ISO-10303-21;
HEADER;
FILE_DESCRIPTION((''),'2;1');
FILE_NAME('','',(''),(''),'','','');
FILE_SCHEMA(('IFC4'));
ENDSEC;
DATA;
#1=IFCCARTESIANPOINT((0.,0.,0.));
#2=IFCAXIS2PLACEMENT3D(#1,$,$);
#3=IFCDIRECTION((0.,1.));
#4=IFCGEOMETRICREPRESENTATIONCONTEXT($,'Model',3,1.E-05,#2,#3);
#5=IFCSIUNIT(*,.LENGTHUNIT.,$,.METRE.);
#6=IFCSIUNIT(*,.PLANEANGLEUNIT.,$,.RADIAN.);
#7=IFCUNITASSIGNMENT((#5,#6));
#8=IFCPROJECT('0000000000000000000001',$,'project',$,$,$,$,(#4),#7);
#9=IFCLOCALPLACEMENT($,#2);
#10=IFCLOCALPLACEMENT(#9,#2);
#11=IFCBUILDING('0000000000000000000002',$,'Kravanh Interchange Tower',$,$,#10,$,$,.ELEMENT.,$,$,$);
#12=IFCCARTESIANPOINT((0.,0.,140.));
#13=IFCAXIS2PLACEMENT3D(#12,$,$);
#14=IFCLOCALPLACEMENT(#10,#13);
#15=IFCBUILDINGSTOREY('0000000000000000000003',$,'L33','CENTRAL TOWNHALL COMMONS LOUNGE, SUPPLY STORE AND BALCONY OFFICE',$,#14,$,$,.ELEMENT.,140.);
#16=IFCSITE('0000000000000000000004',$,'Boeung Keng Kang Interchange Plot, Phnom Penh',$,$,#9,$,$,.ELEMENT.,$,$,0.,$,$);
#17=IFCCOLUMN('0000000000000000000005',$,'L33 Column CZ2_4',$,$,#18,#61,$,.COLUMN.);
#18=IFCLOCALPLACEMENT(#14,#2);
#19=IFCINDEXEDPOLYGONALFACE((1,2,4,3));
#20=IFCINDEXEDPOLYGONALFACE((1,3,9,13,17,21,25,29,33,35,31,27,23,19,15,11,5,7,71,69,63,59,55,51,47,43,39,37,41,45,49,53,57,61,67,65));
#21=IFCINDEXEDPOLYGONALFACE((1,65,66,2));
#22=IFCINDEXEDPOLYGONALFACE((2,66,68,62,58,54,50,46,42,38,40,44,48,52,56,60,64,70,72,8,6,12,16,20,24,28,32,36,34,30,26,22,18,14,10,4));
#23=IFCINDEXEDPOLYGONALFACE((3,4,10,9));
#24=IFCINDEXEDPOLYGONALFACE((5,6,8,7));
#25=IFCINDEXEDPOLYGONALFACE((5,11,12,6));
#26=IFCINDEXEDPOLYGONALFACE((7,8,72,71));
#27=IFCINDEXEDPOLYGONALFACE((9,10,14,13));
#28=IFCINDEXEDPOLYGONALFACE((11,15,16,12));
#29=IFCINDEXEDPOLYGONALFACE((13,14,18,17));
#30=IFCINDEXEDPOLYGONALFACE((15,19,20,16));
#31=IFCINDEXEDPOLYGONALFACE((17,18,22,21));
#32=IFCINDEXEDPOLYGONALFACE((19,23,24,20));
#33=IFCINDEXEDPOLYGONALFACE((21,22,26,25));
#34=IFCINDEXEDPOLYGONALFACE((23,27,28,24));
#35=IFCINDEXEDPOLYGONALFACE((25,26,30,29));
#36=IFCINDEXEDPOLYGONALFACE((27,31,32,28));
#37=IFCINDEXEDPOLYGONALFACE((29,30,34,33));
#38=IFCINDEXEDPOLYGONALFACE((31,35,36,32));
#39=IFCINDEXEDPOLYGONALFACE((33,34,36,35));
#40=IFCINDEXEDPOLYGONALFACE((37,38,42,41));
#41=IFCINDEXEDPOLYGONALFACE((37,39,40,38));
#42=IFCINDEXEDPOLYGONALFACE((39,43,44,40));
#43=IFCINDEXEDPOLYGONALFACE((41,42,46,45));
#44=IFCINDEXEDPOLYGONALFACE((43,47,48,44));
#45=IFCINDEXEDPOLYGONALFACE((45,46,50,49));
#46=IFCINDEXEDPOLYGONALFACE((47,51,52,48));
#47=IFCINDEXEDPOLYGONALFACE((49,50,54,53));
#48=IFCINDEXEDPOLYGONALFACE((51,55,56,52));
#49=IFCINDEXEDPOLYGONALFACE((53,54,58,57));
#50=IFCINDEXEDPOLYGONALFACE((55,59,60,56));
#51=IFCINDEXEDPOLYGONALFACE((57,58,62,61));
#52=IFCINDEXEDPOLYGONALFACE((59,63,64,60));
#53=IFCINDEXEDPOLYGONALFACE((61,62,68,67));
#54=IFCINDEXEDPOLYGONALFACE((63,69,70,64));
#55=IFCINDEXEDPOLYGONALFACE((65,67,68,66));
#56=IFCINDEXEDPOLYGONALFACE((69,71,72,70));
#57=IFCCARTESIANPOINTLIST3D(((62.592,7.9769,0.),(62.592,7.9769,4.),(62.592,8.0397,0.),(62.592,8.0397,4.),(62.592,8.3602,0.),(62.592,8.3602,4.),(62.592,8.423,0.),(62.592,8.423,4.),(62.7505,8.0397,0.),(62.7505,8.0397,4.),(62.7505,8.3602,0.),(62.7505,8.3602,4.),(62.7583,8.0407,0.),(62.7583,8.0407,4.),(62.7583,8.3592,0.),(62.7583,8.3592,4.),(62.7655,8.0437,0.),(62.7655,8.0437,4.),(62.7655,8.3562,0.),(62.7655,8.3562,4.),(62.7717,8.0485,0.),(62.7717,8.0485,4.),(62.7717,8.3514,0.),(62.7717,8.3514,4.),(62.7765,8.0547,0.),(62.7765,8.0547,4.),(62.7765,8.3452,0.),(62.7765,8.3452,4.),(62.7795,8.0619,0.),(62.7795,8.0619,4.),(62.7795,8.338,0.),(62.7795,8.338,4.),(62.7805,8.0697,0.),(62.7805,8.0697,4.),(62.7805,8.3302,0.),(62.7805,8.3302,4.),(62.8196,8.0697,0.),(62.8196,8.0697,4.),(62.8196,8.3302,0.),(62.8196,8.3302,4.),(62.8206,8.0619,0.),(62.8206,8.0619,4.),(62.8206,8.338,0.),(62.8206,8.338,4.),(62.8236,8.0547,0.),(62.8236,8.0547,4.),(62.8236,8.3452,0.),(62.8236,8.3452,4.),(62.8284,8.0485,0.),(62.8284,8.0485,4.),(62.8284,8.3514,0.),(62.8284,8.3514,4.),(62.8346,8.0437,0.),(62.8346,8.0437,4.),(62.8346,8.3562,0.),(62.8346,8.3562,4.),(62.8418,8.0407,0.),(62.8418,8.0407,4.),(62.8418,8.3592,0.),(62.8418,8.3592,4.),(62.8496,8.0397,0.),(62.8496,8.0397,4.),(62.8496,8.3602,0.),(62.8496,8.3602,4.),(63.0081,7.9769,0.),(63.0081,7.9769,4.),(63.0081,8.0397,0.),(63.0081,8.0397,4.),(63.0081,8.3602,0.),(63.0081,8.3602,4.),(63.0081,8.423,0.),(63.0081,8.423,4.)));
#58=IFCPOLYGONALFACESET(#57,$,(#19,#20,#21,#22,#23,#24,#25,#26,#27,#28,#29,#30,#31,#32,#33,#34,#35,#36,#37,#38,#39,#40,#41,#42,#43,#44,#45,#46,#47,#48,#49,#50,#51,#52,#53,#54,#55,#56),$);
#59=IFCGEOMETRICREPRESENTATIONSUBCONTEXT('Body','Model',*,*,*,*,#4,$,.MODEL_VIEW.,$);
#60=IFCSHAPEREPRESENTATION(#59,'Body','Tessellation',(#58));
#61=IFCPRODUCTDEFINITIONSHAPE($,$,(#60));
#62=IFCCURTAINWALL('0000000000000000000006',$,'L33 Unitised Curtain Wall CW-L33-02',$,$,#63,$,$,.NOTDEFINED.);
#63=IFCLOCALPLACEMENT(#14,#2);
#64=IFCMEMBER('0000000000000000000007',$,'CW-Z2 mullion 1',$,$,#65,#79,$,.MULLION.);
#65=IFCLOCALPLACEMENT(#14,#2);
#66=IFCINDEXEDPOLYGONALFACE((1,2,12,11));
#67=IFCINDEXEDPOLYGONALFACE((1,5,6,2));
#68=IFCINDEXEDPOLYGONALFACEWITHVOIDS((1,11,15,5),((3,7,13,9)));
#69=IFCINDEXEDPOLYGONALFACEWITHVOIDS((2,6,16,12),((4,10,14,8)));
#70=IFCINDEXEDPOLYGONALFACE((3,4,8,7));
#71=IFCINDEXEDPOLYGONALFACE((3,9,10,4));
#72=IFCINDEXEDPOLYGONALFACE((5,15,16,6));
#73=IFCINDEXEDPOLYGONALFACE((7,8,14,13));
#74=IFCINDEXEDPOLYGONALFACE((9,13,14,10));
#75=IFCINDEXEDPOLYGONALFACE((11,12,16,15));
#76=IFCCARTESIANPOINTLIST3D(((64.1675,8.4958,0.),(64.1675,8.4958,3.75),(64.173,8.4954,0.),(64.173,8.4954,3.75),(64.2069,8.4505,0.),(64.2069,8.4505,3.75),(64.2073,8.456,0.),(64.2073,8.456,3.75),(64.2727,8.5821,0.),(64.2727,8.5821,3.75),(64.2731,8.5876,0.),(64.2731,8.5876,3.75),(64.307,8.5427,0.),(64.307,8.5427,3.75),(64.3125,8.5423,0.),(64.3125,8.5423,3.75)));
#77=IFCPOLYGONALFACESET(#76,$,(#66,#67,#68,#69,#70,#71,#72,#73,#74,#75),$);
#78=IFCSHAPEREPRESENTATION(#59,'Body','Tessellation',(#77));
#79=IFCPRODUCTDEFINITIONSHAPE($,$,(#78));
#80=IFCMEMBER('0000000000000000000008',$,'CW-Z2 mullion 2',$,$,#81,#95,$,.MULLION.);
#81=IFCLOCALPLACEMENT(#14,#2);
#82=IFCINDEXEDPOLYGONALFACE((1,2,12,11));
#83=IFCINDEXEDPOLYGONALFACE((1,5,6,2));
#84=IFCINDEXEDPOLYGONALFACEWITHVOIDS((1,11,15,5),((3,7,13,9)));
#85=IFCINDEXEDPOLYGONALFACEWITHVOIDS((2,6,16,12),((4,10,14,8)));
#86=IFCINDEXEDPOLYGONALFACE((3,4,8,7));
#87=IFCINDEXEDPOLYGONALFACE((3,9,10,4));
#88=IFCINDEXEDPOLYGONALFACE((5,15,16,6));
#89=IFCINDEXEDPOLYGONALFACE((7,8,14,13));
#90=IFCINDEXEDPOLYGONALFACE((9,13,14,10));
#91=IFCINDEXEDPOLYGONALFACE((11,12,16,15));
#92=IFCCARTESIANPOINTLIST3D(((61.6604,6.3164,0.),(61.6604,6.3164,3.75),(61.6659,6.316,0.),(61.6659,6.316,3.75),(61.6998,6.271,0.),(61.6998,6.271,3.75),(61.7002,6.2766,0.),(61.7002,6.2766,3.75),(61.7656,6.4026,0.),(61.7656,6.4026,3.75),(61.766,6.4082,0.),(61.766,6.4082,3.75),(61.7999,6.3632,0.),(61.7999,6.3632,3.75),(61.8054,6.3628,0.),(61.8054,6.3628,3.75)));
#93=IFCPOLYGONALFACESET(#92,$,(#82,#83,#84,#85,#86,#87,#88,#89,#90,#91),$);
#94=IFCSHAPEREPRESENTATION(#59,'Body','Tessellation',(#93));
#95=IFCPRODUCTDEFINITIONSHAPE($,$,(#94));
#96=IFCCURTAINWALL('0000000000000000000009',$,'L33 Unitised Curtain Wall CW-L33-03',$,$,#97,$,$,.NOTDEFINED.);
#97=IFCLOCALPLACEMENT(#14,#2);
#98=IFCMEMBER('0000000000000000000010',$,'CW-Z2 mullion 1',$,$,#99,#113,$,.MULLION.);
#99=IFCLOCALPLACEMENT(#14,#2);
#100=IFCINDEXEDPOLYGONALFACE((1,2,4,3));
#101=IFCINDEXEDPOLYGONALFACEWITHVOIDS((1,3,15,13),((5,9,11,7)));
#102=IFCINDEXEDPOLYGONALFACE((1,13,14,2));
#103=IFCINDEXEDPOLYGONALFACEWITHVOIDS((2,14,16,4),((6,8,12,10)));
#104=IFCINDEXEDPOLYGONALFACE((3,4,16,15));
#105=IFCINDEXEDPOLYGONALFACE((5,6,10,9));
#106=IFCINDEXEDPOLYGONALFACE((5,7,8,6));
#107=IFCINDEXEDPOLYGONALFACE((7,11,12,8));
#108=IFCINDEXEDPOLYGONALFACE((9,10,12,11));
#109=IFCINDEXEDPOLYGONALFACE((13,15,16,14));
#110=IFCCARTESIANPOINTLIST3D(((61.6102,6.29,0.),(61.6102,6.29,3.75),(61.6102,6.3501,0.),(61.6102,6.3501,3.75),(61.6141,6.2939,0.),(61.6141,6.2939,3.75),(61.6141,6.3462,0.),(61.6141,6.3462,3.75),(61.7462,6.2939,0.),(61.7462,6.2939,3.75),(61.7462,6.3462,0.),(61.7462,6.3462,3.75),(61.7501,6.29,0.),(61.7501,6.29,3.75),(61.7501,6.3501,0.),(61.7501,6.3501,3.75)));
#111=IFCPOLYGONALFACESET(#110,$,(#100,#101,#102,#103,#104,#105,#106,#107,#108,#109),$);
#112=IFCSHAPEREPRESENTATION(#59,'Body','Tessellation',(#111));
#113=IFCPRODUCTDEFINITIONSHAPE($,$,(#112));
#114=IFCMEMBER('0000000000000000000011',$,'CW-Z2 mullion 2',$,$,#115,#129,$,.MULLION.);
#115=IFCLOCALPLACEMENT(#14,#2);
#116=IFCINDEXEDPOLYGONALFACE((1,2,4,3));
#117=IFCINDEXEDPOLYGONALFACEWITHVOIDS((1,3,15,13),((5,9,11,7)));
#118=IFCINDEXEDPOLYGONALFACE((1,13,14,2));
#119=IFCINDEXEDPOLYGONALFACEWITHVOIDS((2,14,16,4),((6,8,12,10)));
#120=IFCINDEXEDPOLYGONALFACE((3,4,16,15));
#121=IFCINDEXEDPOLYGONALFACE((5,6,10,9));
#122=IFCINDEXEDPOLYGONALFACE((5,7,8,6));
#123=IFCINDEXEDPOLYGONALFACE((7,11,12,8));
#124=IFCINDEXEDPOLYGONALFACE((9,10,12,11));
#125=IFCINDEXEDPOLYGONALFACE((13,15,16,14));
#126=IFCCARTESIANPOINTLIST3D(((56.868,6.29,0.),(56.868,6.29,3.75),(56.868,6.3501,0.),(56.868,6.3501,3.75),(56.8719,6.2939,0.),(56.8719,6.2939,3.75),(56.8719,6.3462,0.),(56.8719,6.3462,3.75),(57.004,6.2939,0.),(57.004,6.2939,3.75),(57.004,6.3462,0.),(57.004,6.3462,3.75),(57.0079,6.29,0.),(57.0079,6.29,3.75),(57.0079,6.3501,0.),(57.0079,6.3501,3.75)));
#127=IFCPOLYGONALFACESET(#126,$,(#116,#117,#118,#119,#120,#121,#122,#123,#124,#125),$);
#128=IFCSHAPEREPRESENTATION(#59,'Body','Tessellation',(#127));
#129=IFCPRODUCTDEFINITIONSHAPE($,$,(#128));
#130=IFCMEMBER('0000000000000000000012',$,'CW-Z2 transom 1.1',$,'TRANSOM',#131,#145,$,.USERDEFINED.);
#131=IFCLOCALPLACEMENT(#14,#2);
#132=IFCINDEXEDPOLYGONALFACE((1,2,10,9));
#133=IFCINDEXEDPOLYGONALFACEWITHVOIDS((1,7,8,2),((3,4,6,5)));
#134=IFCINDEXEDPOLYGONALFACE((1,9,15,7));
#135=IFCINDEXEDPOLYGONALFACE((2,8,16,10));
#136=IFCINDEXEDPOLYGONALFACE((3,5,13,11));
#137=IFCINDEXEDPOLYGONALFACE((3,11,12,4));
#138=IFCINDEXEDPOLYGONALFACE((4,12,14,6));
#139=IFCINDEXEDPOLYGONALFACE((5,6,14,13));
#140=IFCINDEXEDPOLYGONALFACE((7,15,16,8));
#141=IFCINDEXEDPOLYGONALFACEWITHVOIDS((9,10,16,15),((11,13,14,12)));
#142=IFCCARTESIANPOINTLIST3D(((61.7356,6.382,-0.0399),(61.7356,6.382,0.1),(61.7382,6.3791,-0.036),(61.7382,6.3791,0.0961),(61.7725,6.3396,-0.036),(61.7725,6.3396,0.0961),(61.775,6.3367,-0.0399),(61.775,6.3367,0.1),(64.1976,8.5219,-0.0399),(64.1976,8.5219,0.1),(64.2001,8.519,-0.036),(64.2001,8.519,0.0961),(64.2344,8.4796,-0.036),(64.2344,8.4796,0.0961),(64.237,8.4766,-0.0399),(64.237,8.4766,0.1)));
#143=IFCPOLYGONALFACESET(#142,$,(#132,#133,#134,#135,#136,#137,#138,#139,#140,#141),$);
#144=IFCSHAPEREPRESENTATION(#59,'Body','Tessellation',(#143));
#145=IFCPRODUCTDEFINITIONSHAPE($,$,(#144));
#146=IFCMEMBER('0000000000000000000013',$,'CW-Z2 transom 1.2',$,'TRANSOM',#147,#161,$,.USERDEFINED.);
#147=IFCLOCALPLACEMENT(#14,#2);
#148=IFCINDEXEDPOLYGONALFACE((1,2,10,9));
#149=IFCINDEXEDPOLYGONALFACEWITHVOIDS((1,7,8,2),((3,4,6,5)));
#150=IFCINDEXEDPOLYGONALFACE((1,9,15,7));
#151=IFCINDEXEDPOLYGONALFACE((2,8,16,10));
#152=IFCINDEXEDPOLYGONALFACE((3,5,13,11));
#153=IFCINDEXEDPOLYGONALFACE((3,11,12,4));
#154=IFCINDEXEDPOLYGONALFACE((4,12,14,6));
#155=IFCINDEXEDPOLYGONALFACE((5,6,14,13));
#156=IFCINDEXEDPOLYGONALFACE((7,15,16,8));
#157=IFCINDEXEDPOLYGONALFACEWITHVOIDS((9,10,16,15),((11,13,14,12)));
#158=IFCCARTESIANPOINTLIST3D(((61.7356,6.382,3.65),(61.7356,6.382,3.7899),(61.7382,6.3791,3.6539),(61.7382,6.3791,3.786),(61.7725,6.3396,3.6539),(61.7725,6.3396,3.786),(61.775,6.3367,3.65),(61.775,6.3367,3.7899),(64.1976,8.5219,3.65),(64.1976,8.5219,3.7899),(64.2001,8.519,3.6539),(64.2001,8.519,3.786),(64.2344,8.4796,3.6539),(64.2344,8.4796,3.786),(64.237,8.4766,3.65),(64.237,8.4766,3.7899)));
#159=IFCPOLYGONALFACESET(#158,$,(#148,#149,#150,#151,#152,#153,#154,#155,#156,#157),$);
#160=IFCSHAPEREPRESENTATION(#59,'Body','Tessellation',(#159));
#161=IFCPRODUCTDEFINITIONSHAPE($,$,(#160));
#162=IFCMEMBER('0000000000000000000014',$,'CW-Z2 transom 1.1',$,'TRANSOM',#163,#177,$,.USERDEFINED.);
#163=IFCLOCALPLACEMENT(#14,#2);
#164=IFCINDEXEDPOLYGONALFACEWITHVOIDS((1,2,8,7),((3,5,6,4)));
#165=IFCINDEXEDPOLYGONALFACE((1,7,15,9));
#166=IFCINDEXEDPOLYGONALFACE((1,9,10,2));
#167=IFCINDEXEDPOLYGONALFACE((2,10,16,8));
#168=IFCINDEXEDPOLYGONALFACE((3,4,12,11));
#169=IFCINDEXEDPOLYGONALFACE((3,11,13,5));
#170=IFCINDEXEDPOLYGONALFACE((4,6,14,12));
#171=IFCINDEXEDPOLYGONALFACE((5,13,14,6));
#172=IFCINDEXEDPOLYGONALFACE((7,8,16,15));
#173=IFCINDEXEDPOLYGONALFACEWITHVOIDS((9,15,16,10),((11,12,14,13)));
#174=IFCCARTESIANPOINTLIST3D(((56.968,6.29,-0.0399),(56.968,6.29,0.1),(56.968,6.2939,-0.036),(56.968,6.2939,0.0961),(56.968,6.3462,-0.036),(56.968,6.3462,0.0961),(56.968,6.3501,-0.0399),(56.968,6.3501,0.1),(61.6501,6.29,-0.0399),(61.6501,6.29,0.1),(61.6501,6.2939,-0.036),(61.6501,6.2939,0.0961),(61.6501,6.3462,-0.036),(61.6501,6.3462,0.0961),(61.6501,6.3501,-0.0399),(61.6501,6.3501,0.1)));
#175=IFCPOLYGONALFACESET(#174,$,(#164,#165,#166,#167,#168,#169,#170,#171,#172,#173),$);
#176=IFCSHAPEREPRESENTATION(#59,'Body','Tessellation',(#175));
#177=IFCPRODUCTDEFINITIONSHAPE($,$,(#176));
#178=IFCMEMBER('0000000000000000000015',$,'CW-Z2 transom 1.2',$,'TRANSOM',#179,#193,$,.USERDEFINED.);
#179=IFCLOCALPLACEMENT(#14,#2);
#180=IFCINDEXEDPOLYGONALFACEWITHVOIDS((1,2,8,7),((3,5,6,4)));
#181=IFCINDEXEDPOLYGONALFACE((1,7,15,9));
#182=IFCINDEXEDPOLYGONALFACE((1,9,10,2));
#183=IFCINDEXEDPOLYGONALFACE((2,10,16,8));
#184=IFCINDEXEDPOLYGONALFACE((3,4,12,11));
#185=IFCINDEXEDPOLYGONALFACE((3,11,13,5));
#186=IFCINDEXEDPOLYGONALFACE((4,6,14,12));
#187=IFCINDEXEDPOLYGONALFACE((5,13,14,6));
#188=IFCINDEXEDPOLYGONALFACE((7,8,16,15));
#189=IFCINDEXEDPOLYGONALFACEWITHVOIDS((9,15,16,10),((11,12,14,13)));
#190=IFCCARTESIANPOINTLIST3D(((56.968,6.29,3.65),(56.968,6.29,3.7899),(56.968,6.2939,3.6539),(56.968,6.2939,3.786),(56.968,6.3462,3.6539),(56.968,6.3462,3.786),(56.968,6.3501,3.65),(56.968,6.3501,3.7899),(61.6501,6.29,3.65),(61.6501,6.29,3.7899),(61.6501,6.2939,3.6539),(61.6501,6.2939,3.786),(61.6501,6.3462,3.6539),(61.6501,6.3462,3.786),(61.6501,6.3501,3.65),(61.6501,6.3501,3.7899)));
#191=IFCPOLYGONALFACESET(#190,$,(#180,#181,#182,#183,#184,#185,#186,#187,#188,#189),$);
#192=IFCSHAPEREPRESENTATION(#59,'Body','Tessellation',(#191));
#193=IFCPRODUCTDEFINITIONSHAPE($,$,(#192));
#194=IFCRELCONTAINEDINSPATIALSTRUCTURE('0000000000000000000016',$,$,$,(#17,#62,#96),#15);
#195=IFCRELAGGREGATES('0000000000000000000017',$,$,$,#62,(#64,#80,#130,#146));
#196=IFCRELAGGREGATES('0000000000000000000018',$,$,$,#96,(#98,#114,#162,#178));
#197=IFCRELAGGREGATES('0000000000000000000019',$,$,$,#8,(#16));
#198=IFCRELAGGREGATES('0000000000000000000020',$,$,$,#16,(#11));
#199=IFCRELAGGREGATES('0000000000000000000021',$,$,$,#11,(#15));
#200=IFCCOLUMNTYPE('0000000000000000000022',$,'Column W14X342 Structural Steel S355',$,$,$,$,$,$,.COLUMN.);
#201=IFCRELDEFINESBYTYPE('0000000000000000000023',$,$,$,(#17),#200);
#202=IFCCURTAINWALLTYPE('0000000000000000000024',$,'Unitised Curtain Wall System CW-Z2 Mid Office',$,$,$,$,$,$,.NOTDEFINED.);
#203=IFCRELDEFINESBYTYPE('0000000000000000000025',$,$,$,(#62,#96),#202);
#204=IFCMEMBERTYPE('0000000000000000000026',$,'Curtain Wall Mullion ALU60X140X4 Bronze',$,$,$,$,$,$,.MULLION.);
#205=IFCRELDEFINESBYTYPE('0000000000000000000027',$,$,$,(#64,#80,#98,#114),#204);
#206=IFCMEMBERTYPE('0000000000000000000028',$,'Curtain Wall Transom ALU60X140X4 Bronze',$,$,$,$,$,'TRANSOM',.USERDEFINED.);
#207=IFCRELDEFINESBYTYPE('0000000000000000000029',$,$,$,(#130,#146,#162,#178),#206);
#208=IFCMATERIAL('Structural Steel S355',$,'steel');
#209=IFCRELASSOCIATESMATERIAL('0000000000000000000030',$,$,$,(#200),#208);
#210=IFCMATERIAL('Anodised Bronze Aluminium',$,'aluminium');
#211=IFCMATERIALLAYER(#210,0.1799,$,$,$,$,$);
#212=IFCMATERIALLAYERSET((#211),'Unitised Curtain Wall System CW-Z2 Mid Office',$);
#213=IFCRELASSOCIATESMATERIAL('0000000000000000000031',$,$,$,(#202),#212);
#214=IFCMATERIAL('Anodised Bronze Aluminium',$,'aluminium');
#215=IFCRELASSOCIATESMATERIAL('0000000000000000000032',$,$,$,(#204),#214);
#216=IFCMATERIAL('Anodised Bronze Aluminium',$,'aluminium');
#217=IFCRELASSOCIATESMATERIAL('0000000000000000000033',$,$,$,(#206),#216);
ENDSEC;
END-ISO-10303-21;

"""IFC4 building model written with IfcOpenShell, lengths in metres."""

from ifc_helpers import new_model, si_unit, direction, frame, origin, origin_2d, place, context, subcontext, project, spatial, hollow_rectangle, i_section, extrude, material, layer, layer_set, material_profile, profile_set, type_object, element, aggregate, save


model = new_model("IFC4")

# Units and contexts
model_context = context("Model", 3, precision=1e-05, world=origin(), true_north=direction((0.0, 1.0)))
body_context = subcontext(model_context, "Body", "Model", "MODEL_VIEW")
ifc_project = project(units=[si_unit("LENGTHUNIT", "METRE"), si_unit("PLANEANGLEUNIT", "RADIAN")], contexts=[model_context])

# Site, building, storey
site_placement = place(None, origin())
site = spatial("IfcSite", under=ifc_project, at=site_placement, Name="Boeung Keng Kang Interchange Plot, Phnom Penh", CompositionType="ELEMENT", RefElevation=0.0)
building_placement = place(site_placement, origin())
building = spatial("IfcBuilding", under=site, at=building_placement, Name="Kravanh Interchange Tower", CompositionType="ELEMENT")
storey_placement = place(building_placement, frame((0.0, 0.0, 140.0)))
storey = spatial("IfcBuildingStorey", under=building, at=storey_placement, Name="L33", Description="CENTRAL TOWNHALL COMMONS LOUNGE, SUPPLY STORE AND BALCONY OFFICE", CompositionType="ELEMENT", Elevation=140.0)

# Column
ifc_material_1 = material(Name="Structural Steel S355", Category="steel")
ifc_material_profile_1 = material_profile(ifc_material_1, i_section(OverallWidth=0.416, OverallDepth=0.446, WebThickness=0.0391, FlangeThickness=0.0627, FilletRadius=0.03, at=origin_2d()), Name="W14X342")
ifc_profile_set_1 = profile_set([ifc_material_profile_1], Name="Structural Steel S355")
column_type = type_object("IfcColumnType", Name="Column W14X342 Structural Steel S355", PredefinedType="COLUMN", material=ifc_profile_set_1)
column_placement = place(storey_placement, frame((62.8, 8.2, 0.0), z_axis=(0.0, 0.0, 1.0), x_axis=(1.0, 0.0, 0.0)))
element("IfcColumn", 1, at=column_placement, inside=storey, type_object=column_type, Name="L33 Column CZ2_4", PredefinedType="COLUMN", context=body_context, shape_type="SweptSolid", body=[
    extrude(i_section(OverallWidth=0.416, OverallDepth=0.446, WebThickness=0.0391, FlangeThickness=0.0627, FilletRadius=0.03, at=origin_2d()), origin(), (0.0, 0.0, 1.0), 4.0),
])

# Curtain walls, members
ifc_material_2 = material(Name="Anodised Bronze Aluminium", Category="aluminium")
ifc_layer_1 = layer(ifc_material_2, 0.1799)
ifc_layer_set_1 = layer_set([ifc_layer_1], Name="Unitised Curtain Wall System CW-Z2 Mid Office")
curtain_wall_type = type_object("IfcCurtainWallType", Name="Unitised Curtain Wall System CW-Z2 Mid Office", PredefinedType="NOTDEFINED", material=ifc_layer_set_1)
curtain_wall_1_placement = place(storey_placement, origin())
curtain_wall_1 = element("IfcCurtainWall", 2, at=curtain_wall_1_placement, inside=storey, type_object=curtain_wall_type, Name="L33 Unitised Curtain Wall CW-L33-02", PredefinedType="NOTDEFINED")
ifc_material_3 = material(Name="Anodised Bronze Aluminium", Category="aluminium")
ifc_material_profile_2 = material_profile(ifc_material_3, hollow_rectangle(XDim=0.0601, YDim=0.1399, WallThickness=0.0039, at=origin_2d()), Name="ALU60X140X4")
ifc_profile_set_2 = profile_set([ifc_material_profile_2], Name="Anodised Bronze Aluminium")
member_type_1 = type_object("IfcMemberType", Name="Curtain Wall Mullion ALU60X140X4 Bronze", PredefinedType="MULLION", material=ifc_profile_set_2)
member_1_placement = place(storey_placement, frame((64.24, 8.519, 0.0), z_axis=(0.0, 0.0, 1.0), x_axis=(0.656048, -0.754719, 0.0)))
member_1 = element("IfcMember", 3, at=member_1_placement, type_object=member_type_1, Name="CW-Z2 mullion 1", PredefinedType="MULLION", context=body_context, shape_type="SweptSolid", body=[
    extrude(hollow_rectangle(XDim=0.0601, YDim=0.1399, WallThickness=0.0039, at=origin_2d()), origin(), (0.0, 0.0, 1.0), 3.75),
])
member_2_placement = place(storey_placement, frame((61.7329, 6.3396, 0.0), z_axis=(0.0, 0.0, 1.0), x_axis=(0.656048, -0.754719, 0.0)))
member_2 = element("IfcMember", 4, at=member_2_placement, type_object=member_type_1, Name="CW-Z2 mullion 2", PredefinedType="MULLION", context=body_context, shape_type="SweptSolid", body=[
    extrude(hollow_rectangle(XDim=0.0601, YDim=0.1399, WallThickness=0.0039, at=origin_2d()), origin(), (0.0, 0.0, 1.0), 3.75),
])
curtain_wall_2_placement = place(storey_placement, origin())
curtain_wall_2 = element("IfcCurtainWall", 5, at=curtain_wall_2_placement, inside=storey, type_object=curtain_wall_type, Name="L33 Unitised Curtain Wall CW-L33-03", PredefinedType="NOTDEFINED")
member_3_placement = place(storey_placement, frame((61.6802, 6.3201, 0.0), z_axis=(0.0, 0.0, 1.0), x_axis=(0.0, -1.0, 0.0)))
member_3 = element("IfcMember", 6, at=member_3_placement, type_object=member_type_1, Name="CW-Z2 mullion 1", PredefinedType="MULLION", context=body_context, shape_type="SweptSolid", body=[
    extrude(hollow_rectangle(XDim=0.0601, YDim=0.1399, WallThickness=0.0039, at=origin_2d()), origin(), (0.0, 0.0, 1.0), 3.75),
])
member_4_placement = place(storey_placement, frame((56.938, 6.3201, 0.0), z_axis=(0.0, 0.0, 1.0), x_axis=(0.0, -1.0, 0.0)))
member_4 = element("IfcMember", 7, at=member_4_placement, type_object=member_type_1, Name="CW-Z2 mullion 2", PredefinedType="MULLION", context=body_context, shape_type="SweptSolid", body=[
    extrude(hollow_rectangle(XDim=0.0601, YDim=0.1399, WallThickness=0.0039, at=origin_2d()), origin(), (0.0, 0.0, 1.0), 3.75),
])

# Members
ifc_material_4 = material(Name="Anodised Bronze Aluminium", Category="aluminium")
ifc_material_profile_3 = material_profile(ifc_material_4, hollow_rectangle(XDim=0.0601, YDim=0.1399, WallThickness=0.0039, at=origin_2d()), Name="ALU60X140X4")
ifc_profile_set_3 = profile_set([ifc_material_profile_3], Name="Anodised Bronze Aluminium")
member_type_2 = type_object("IfcMemberType", Name="Curtain Wall Transom ALU60X140X4 Bronze", ElementType="TRANSOM", PredefinedType="USERDEFINED", material=ifc_profile_set_3)
member_5_placement = place(storey_placement, frame((64.2173, 8.4993, 0.03), z_axis=(-0.754742, -0.656021, 0.0), x_axis=(0.656021, -0.754742, 0.0)))
member_5 = element("IfcMember", 8, at=member_5_placement, type_object=member_type_2, Name="CW-Z2 transom 1.1", ObjectType="TRANSOM", PredefinedType="USERDEFINED", context=body_context, shape_type="SweptSolid", body=[
    extrude(hollow_rectangle(XDim=0.0601, YDim=0.1399, WallThickness=0.0039, at=origin_2d()), origin(), (0.0, 0.0, 1.0), 3.262),
])
member_6_placement = place(storey_placement, frame((64.2173, 8.4993, 3.72), z_axis=(-0.754742, -0.656021, 0.0), x_axis=(0.656021, -0.754742, 0.0)))
member_6 = element("IfcMember", 9, at=member_6_placement, type_object=member_type_2, Name="CW-Z2 transom 1.2", ObjectType="TRANSOM", PredefinedType="USERDEFINED", context=body_context, shape_type="SweptSolid", body=[
    extrude(hollow_rectangle(XDim=0.0601, YDim=0.1399, WallThickness=0.0039, at=origin_2d()), origin(), (0.0, 0.0, 1.0), 3.262),
])
member_7_placement = place(storey_placement, frame((61.6501, 6.3201, 0.03), z_axis=(-1.0, 0.0, 0.0), x_axis=(0.0, -1.0, 0.0)))
member_7 = element("IfcMember", 10, at=member_7_placement, type_object=member_type_2, Name="CW-Z2 transom 1.1", ObjectType="TRANSOM", PredefinedType="USERDEFINED", context=body_context, shape_type="SweptSolid", body=[
    extrude(hollow_rectangle(XDim=0.0601, YDim=0.1399, WallThickness=0.0039, at=origin_2d()), origin(), (0.0, 0.0, 1.0), 4.6821),
])
member_8_placement = place(storey_placement, frame((61.6501, 6.3201, 3.72), z_axis=(-1.0, 0.0, 0.0), x_axis=(0.0, -1.0, 0.0)))
member_8 = element("IfcMember", 11, at=member_8_placement, type_object=member_type_2, Name="CW-Z2 transom 1.2", ObjectType="TRANSOM", PredefinedType="USERDEFINED", context=body_context, shape_type="SweptSolid", body=[
    extrude(hollow_rectangle(XDim=0.0601, YDim=0.1399, WallThickness=0.0039, at=origin_2d()), origin(), (0.0, 0.0, 1.0), 4.6821),
])

aggregate(curtain_wall_1, [member_1, member_2, member_5, member_6])
aggregate(curtain_wall_2, [member_3, member_4, member_7, member_8])

save(model, "model.ifc")
